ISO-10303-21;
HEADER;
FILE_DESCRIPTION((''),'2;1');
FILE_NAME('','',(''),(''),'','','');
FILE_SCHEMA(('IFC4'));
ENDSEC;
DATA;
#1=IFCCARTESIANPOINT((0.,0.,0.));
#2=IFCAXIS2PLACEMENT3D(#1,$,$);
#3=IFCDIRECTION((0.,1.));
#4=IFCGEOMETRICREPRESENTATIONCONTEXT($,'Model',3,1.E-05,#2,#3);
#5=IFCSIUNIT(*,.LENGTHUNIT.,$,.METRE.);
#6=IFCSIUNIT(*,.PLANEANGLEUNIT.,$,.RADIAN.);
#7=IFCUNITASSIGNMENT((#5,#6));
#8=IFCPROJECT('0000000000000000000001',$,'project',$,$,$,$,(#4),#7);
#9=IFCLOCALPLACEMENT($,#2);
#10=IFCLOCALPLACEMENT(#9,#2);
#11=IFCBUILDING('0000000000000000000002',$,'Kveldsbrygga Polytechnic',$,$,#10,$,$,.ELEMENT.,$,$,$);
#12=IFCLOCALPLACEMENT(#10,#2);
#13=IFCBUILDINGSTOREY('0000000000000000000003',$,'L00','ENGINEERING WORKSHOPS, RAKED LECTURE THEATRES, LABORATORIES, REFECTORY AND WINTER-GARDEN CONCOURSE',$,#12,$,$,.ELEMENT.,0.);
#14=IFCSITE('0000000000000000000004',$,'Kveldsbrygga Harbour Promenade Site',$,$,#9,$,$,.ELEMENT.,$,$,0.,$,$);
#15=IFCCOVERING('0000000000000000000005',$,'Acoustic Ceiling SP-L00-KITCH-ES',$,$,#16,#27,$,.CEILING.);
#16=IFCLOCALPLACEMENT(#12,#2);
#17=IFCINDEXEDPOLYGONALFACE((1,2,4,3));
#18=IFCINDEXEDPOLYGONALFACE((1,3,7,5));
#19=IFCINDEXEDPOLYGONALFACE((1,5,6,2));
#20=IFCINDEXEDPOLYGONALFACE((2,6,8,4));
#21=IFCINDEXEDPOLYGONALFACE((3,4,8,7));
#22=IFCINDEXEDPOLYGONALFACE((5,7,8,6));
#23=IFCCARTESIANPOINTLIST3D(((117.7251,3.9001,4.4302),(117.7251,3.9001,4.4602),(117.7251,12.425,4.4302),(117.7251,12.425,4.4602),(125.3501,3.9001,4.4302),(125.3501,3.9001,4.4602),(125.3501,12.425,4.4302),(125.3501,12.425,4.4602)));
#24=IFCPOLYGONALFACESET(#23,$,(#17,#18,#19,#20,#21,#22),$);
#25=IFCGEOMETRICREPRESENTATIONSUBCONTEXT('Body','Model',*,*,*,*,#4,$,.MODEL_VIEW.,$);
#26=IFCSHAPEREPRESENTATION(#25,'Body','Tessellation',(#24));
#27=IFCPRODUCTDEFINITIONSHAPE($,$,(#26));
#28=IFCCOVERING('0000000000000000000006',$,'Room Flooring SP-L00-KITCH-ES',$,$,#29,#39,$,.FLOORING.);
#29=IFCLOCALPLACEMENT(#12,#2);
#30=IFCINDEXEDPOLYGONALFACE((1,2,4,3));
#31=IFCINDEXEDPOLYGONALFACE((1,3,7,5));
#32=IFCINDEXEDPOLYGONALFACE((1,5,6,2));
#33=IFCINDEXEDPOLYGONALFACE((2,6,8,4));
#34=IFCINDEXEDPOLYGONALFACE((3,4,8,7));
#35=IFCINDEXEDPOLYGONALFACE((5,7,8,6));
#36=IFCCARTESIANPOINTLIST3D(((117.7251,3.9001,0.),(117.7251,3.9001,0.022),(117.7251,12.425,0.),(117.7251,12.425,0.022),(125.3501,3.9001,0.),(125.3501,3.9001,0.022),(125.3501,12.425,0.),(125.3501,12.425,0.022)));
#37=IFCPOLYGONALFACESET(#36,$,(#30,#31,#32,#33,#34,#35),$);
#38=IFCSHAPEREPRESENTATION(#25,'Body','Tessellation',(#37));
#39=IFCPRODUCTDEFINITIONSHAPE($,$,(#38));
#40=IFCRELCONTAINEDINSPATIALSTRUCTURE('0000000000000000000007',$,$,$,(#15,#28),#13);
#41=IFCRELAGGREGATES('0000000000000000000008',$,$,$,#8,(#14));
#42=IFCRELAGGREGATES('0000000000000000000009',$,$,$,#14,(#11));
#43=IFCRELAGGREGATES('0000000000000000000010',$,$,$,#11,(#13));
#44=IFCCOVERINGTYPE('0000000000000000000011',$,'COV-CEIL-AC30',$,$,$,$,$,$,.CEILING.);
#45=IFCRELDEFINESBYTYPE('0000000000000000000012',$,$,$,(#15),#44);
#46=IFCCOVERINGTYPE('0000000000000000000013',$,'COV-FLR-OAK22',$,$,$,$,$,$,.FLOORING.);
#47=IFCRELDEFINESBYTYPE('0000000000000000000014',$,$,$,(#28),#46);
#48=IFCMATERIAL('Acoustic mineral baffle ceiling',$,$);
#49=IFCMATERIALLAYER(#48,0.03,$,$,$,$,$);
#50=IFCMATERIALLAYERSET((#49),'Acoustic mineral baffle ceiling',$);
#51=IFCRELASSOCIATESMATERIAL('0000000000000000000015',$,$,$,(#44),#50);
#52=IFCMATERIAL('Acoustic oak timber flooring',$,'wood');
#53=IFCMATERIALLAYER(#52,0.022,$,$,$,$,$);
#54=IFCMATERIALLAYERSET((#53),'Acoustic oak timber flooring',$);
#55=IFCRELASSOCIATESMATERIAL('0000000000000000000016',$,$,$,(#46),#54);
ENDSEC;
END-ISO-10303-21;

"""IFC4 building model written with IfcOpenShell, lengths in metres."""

from ifc_helpers import new_model, si_unit, direction, frame, origin, origin_2d, place, context, subcontext, project, spatial, rectangle, extrude, material, layer, layer_set, type_object, element, save


model = new_model("IFC4")

# Units and contexts
model_context = context("Model", 3, precision=1e-05, world=origin(), true_north=direction((0.0, 1.0)))
body_context = subcontext(model_context, "Body", "Model", "MODEL_VIEW")
ifc_project = project(units=[si_unit("LENGTHUNIT", "METRE"), si_unit("PLANEANGLEUNIT", "RADIAN")], contexts=[model_context])

# Site, building, storey
site_placement = place(None, origin())
site = spatial("IfcSite", under=ifc_project, at=site_placement, Name="Kveldsbrygga Harbour Promenade Site", CompositionType="ELEMENT", RefElevation=0.0)
building_placement = place(site_placement, origin())
building = spatial("IfcBuilding", under=site, at=building_placement, Name="Kveldsbrygga Polytechnic", CompositionType="ELEMENT")
storey_placement = place(building_placement, origin())
storey = spatial("IfcBuildingStorey", under=building, at=storey_placement, Name="L00", Description="ENGINEERING WORKSHOPS, RAKED LECTURE THEATRES, LABORATORIES, REFECTORY AND WINTER-GARDEN CONCOURSE", CompositionType="ELEMENT", Elevation=0.0)

# Coverings
ifc_material_1 = material(Name="Acoustic mineral baffle ceiling")
ifc_layer_1 = layer(ifc_material_1, 0.03)
ifc_layer_set_1 = layer_set([ifc_layer_1], Name="Acoustic mineral baffle ceiling")
covering_type_1 = type_object("IfcCoveringType", Name="COV-CEIL-AC30", PredefinedType="CEILING", material=ifc_layer_set_1)
covering_1_placement = place(storey_placement, frame((121.5376, 8.1626, 4.4302), z_axis=(0.0, 0.0, 1.0), x_axis=(1.0, 0.0, 0.0)))
element("IfcCovering", 1, at=covering_1_placement, inside=storey, type_object=covering_type_1, Name="Acoustic Ceiling SP-L00-KITCH-ES", PredefinedType="CEILING", context=body_context, shape_type="SweptSolid", body=[
    extrude(rectangle(XDim=7.625, YDim=8.5249, at=origin_2d()), origin(), (0.0, 0.0, 1.0), 0.03),
])
ifc_material_2 = material(Name="Acoustic oak timber flooring", Category="wood")
ifc_layer_2 = layer(ifc_material_2, 0.022)
ifc_layer_set_2 = layer_set([ifc_layer_2], Name="Acoustic oak timber flooring")
covering_type_2 = type_object("IfcCoveringType", Name="COV-FLR-OAK22", PredefinedType="FLOORING", material=ifc_layer_set_2)
covering_2_placement = place(storey_placement, frame((121.5376, 8.1626, 0.0), z_axis=(0.0, 0.0, 1.0), x_axis=(1.0, 0.0, 0.0)))
element("IfcCovering", 2, at=covering_2_placement, inside=storey, type_object=covering_type_2, Name="Room Flooring SP-L00-KITCH-ES", PredefinedType="FLOORING", context=body_context, shape_type="SweptSolid", body=[
    extrude(rectangle(XDim=7.625, YDim=8.5249, at=origin_2d()), origin(), (0.0, 0.0, 1.0), 0.022),
])

save(model, "model.ifc")
